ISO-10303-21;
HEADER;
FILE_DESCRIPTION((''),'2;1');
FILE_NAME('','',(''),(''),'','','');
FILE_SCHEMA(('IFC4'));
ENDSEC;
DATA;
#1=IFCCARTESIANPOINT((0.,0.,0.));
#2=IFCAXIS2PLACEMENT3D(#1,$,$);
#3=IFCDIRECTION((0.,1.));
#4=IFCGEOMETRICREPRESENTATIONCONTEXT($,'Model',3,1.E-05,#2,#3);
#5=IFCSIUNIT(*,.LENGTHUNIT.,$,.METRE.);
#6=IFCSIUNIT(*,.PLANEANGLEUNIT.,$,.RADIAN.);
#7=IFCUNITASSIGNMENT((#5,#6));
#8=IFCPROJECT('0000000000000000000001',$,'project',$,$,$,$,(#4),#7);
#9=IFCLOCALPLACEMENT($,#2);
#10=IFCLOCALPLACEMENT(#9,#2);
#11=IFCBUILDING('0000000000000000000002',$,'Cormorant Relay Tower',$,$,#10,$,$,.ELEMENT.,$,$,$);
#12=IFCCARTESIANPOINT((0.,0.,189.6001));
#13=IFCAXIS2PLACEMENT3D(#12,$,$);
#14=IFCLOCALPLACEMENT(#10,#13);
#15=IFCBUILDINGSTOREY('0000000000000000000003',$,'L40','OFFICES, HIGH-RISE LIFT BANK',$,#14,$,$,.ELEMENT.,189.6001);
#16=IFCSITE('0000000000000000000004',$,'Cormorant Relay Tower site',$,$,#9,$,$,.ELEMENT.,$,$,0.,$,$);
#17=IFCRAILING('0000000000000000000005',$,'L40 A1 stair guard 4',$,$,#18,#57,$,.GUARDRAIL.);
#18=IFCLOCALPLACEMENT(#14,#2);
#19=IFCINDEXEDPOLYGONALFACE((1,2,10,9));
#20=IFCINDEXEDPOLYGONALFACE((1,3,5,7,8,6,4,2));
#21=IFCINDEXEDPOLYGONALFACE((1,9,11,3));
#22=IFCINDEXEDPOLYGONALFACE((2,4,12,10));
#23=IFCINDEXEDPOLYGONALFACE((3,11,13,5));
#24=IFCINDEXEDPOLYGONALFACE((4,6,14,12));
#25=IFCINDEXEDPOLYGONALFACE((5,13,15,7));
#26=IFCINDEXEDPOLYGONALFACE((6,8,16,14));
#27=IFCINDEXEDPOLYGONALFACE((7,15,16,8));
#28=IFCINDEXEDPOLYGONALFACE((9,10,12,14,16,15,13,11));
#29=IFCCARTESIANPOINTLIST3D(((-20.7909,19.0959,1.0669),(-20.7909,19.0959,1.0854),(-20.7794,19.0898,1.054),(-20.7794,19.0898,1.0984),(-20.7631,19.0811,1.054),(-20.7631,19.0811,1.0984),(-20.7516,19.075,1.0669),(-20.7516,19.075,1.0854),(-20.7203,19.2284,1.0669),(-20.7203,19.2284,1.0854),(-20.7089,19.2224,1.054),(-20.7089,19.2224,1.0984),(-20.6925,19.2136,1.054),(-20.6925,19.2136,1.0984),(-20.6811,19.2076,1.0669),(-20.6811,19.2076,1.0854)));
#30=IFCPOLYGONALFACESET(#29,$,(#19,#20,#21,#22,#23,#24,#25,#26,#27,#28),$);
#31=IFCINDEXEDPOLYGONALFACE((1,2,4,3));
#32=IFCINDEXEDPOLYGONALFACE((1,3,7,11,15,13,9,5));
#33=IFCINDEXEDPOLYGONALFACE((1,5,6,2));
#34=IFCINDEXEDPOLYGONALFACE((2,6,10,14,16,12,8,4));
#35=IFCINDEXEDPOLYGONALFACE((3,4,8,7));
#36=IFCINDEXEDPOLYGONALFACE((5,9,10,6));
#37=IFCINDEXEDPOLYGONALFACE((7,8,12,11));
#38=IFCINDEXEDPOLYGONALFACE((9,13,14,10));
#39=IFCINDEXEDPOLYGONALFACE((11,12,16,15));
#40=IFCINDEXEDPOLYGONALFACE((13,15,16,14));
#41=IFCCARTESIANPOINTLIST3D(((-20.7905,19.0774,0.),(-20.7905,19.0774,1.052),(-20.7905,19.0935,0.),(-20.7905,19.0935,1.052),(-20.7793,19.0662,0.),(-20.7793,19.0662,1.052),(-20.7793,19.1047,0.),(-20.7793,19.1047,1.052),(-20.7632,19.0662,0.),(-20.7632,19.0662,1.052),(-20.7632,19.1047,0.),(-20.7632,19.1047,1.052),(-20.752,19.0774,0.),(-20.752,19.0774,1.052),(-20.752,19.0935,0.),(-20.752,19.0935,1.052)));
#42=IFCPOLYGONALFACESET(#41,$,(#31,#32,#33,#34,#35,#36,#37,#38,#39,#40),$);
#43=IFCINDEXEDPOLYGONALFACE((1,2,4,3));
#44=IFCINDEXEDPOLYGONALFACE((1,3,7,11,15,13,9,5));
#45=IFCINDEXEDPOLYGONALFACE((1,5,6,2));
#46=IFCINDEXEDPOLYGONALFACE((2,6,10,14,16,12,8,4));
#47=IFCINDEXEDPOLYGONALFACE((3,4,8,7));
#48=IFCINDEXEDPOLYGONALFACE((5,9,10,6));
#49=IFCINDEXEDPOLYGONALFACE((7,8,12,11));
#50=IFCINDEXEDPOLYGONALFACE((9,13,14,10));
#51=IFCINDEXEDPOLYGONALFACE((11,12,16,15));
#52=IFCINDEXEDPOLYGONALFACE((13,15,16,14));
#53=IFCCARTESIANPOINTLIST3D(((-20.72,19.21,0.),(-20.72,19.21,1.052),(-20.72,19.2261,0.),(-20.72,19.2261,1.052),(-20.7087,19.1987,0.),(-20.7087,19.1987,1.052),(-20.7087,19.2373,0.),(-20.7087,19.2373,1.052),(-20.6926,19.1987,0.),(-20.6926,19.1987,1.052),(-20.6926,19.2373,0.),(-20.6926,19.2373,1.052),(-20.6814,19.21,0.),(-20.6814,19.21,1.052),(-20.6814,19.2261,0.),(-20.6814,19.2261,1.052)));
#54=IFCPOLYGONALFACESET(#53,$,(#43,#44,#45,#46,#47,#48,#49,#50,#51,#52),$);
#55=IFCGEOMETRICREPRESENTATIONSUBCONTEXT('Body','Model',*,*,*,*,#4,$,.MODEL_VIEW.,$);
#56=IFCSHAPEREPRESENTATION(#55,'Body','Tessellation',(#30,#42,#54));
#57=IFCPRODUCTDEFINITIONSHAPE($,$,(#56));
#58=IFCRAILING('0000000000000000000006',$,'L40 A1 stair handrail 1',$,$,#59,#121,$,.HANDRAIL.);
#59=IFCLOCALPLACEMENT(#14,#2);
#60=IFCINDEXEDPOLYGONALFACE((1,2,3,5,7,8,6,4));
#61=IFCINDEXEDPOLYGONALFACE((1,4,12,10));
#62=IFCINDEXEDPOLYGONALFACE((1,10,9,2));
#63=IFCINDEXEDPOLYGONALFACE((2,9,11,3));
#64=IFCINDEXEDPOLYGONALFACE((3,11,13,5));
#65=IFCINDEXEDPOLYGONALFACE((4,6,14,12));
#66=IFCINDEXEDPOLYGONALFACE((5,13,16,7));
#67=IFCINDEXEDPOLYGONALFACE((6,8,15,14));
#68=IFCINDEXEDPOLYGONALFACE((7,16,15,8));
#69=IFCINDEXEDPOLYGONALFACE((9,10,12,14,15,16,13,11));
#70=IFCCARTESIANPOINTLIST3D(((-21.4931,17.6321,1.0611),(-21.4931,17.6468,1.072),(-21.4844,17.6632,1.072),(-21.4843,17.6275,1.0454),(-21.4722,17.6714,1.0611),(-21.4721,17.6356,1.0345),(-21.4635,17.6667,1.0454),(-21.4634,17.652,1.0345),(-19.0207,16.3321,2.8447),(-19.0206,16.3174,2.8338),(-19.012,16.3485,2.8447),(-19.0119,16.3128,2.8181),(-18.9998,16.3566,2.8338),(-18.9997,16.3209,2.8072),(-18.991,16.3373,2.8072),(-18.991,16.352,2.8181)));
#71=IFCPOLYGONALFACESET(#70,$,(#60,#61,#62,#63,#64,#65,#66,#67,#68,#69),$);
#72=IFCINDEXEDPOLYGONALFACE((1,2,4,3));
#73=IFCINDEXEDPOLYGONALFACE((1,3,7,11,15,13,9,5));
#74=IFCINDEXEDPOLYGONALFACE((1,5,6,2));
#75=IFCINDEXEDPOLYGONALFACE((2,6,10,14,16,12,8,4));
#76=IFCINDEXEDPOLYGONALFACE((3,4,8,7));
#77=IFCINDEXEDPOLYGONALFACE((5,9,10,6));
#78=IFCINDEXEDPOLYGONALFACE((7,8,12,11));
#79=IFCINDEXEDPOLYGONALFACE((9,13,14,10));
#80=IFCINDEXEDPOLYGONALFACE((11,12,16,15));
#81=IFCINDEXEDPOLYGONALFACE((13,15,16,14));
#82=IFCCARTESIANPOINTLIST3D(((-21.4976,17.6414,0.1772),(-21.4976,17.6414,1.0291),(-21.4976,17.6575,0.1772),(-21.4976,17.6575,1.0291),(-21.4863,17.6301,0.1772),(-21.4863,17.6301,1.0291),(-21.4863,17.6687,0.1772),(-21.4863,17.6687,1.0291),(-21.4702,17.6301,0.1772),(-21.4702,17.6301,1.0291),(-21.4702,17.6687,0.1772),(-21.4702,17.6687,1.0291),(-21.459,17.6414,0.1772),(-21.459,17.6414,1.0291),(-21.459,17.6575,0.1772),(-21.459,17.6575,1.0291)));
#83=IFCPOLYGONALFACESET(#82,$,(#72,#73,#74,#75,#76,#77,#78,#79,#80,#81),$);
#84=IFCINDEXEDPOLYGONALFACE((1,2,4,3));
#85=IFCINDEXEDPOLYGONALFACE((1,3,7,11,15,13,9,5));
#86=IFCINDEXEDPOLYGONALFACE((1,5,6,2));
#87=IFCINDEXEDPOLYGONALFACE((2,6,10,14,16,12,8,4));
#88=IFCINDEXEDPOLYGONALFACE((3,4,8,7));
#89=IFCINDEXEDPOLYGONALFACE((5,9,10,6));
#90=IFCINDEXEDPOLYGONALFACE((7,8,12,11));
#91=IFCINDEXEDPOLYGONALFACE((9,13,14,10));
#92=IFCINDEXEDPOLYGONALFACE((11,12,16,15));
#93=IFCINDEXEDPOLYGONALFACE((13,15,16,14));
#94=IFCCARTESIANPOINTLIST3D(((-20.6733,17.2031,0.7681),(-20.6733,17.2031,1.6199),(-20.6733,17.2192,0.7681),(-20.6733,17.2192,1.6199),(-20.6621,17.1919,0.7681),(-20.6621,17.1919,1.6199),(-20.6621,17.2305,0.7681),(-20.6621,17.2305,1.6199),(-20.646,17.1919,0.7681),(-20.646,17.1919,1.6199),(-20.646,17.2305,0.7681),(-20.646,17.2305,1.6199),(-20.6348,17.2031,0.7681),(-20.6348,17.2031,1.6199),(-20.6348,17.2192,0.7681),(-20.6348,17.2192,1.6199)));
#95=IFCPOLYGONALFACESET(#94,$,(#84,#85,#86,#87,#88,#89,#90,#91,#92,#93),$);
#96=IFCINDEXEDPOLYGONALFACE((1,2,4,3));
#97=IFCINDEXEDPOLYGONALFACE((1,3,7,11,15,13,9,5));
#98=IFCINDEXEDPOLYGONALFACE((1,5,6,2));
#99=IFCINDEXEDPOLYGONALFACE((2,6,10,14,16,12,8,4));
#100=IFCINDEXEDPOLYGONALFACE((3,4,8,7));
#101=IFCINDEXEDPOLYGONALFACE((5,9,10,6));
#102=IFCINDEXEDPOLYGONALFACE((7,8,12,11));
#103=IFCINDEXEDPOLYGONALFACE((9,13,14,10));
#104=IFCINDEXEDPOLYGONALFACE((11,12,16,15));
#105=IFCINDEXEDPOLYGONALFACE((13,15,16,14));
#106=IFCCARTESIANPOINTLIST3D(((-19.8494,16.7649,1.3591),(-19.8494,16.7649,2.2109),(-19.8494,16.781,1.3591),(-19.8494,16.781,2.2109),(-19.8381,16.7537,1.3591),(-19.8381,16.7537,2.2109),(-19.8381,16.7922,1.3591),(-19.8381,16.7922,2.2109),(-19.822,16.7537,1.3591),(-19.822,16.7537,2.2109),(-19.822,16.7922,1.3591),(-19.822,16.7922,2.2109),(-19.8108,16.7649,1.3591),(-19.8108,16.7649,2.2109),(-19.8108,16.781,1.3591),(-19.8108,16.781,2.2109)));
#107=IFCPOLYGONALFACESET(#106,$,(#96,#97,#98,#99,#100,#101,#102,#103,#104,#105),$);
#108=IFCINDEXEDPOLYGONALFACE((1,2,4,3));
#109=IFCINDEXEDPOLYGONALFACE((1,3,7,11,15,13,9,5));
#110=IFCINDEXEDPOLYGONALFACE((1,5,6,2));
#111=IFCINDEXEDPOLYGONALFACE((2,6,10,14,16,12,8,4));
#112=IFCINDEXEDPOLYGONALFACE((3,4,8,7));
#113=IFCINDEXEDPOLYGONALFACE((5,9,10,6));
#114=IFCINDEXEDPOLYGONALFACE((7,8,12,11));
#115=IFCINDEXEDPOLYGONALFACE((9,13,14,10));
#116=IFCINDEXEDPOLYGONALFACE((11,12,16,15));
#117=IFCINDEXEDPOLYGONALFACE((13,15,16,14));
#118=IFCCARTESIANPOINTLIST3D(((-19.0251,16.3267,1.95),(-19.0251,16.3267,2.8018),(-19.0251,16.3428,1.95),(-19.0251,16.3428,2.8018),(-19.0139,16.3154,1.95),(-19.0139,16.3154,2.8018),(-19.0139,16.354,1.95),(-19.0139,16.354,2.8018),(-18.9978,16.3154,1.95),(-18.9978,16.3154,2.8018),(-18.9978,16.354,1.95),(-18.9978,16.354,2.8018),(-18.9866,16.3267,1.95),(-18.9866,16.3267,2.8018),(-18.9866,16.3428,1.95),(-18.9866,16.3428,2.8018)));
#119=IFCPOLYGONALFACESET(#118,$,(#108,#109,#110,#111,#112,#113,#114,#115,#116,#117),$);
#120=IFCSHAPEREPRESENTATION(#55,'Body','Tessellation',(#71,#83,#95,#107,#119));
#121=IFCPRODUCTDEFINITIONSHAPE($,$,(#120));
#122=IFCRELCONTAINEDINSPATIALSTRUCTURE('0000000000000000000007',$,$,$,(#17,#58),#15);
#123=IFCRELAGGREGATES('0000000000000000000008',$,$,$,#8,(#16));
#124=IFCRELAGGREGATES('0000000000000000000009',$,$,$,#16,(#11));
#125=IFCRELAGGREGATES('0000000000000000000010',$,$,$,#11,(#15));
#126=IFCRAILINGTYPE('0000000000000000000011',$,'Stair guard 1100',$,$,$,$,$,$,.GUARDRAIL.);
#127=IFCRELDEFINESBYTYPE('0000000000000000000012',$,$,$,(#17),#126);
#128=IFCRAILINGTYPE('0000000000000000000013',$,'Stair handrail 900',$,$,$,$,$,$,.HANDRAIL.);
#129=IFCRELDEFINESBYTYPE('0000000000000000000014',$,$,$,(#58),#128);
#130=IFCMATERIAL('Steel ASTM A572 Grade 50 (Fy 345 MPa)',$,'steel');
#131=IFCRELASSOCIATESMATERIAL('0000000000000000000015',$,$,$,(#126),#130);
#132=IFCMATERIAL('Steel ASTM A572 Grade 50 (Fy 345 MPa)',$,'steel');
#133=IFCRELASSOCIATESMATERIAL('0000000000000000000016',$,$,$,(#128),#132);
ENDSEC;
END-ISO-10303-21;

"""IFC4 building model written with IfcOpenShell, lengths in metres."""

from ifc_helpers import new_model, si_unit, direction, frame, origin, place, context, subcontext, project, spatial, polyline, outline, extrude, material, type_object, element, save


model = new_model("IFC4")

# Units and contexts
model_context = context("Model", 3, precision=1e-05, world=origin(), true_north=direction((0.0, 1.0)))
body_context = subcontext(model_context, "Body", "Model", "MODEL_VIEW")
ifc_project = project(units=[si_unit("LENGTHUNIT", "METRE"), si_unit("PLANEANGLEUNIT", "RADIAN")], contexts=[model_context])

# Site, building, storey
site_placement = place(None, origin())
site = spatial("IfcSite", under=ifc_project, at=site_placement, Name="Cormorant Relay Tower site", CompositionType="ELEMENT", RefElevation=0.0)
building_placement = place(site_placement, origin())
building = spatial("IfcBuilding", under=site, at=building_placement, Name="Cormorant Relay Tower", CompositionType="ELEMENT")
storey_placement = place(building_placement, frame((0.0, 0.0, 189.6001)))
storey = spatial("IfcBuildingStorey", under=building, at=storey_placement, Name="L40", Description="OFFICES, HIGH-RISE LIFT BANK", CompositionType="ELEMENT", Elevation=189.6001)

# Railings
ifc_material_1 = material(Name="Steel ASTM A572 Grade 50 (Fy 345 MPa)", Category="steel")
railing_type_1 = type_object("IfcRailingType", Name="Stair guard 1100", PredefinedType="GUARDRAIL", material=ifc_material_1)
railing_1_placement = place(storey_placement, frame((-20.7712, 19.0854, 0.0)))
element("IfcRailing", 1, at=railing_1_placement, inside=storey, type_object=railing_type_1, Name="L40 A1 stair guard 4", PredefinedType="GUARDRAIL", context=body_context, shape_type="SweptSolid", body=[
    extrude(outline(polyline([(0.0222, 0.0093), (0.0093, 0.0222), (-0.0093, 0.0222), (-0.0222, 0.0093), (-0.0222, -0.0093), (-0.0093, -0.0222), (0.0093, -0.0222), (0.0222, -0.0093), (0.0222, 0.0093)])), frame((0.0, 0.0, 1.0762), z_axis=(0.469829, 0.882758, 0.0), x_axis=(-0.882758, 0.469829, 0.0)), (0.0, 0.0, 1.0), 0.1501),
    extrude(outline(polyline([(0.0193, 0.0081), (0.0081, 0.0193), (-0.0081, 0.0193), (-0.0193, 0.0081), (-0.0193, -0.0081), (-0.0081, -0.0193), (0.0081, -0.0193), (0.0193, -0.0081), (0.0193, 0.0081)])), origin(), (0.0, 0.0, 1.0), 1.052),
    extrude(outline(polyline([(0.0193, 0.0081), (0.0081, 0.0193), (-0.0081, 0.0193), (-0.0193, 0.0081), (-0.0193, -0.0081), (-0.0081, -0.0193), (0.0081, -0.0193), (0.0193, -0.0081), (0.0193, 0.0081)])), frame((0.0706, 0.1326, 0.0)), (0.0, 0.0, 1.0), 1.052),
])
ifc_material_2 = material(Name="Steel ASTM A572 Grade 50 (Fy 345 MPa)", Category="steel")
railing_type_2 = type_object("IfcRailingType", Name="Stair handrail 900", PredefinedType="HANDRAIL", material=ifc_material_2)
railing_2_placement = place(storey_placement, frame((-21.4783, 17.6494, 0.1772)))
element("IfcRailing", 2, at=railing_2_placement, inside=storey, type_object=railing_type_2, Name="L40 A1 stair handrail 1", PredefinedType="HANDRAIL", context=body_context, shape_type="SweptSolid", body=[
    extrude(outline(polyline([(0.0222, 0.0093), (0.0093, 0.0222), (-0.0093, 0.0222), (-0.0222, 0.0093), (-0.0222, -0.0093), (-0.0093, -0.0222), (0.0093, -0.0222), (0.0222, -0.0093), (0.0222, 0.0093)])), frame((0.0, 0.0, 0.876), z_axis=(0.746012, -0.39669, 0.534886), x_axis=(0.469497, 0.882934, 0.0)), (0.0, 0.0, 1.0), 3.3142),
    extrude(outline(polyline([(0.0193, 0.0081), (0.0081, 0.0193), (-0.0081, 0.0193), (-0.0193, 0.0081), (-0.0193, -0.0081), (-0.0081, -0.0193), (0.0081, -0.0193), (0.0193, -0.0081), (0.0193, 0.0081)])), origin(), (0.0, 0.0, 1.0), 0.8518),
    extrude(outline(polyline([(0.0193, 0.0081), (0.0081, 0.0193), (-0.0081, 0.0193), (-0.0193, 0.0081), (-0.0193, -0.0081), (-0.0081, -0.0193), (0.0081, -0.0193), (0.0193, -0.0081), (0.0193, 0.0081)])), frame((0.8242, -0.4382, 0.5908)), (0.0, 0.0, 1.0), 0.8518),
    extrude(outline(polyline([(0.0193, 0.0081), (0.0081, 0.0193), (-0.0081, 0.0193), (-0.0193, 0.0081), (-0.0193, -0.0081), (-0.0081, -0.0193), (0.0081, -0.0193), (0.0193, -0.0081), (0.0193, 0.0081)])), frame((1.6482, -0.8765, 1.1819)), (0.0, 0.0, 1.0), 0.8518),
    extrude(outline(polyline([(0.0193, 0.0081), (0.0081, 0.0193), (-0.0081, 0.0193), (-0.0193, 0.0081), (-0.0193, -0.0081), (-0.0081, -0.0193), (0.0081, -0.0193), (0.0193, -0.0081), (0.0193, 0.0081)])), frame((2.4724, -1.3147, 1.7727)), (0.0, 0.0, 1.0), 0.8518),
])

save(model, "model.ifc")
